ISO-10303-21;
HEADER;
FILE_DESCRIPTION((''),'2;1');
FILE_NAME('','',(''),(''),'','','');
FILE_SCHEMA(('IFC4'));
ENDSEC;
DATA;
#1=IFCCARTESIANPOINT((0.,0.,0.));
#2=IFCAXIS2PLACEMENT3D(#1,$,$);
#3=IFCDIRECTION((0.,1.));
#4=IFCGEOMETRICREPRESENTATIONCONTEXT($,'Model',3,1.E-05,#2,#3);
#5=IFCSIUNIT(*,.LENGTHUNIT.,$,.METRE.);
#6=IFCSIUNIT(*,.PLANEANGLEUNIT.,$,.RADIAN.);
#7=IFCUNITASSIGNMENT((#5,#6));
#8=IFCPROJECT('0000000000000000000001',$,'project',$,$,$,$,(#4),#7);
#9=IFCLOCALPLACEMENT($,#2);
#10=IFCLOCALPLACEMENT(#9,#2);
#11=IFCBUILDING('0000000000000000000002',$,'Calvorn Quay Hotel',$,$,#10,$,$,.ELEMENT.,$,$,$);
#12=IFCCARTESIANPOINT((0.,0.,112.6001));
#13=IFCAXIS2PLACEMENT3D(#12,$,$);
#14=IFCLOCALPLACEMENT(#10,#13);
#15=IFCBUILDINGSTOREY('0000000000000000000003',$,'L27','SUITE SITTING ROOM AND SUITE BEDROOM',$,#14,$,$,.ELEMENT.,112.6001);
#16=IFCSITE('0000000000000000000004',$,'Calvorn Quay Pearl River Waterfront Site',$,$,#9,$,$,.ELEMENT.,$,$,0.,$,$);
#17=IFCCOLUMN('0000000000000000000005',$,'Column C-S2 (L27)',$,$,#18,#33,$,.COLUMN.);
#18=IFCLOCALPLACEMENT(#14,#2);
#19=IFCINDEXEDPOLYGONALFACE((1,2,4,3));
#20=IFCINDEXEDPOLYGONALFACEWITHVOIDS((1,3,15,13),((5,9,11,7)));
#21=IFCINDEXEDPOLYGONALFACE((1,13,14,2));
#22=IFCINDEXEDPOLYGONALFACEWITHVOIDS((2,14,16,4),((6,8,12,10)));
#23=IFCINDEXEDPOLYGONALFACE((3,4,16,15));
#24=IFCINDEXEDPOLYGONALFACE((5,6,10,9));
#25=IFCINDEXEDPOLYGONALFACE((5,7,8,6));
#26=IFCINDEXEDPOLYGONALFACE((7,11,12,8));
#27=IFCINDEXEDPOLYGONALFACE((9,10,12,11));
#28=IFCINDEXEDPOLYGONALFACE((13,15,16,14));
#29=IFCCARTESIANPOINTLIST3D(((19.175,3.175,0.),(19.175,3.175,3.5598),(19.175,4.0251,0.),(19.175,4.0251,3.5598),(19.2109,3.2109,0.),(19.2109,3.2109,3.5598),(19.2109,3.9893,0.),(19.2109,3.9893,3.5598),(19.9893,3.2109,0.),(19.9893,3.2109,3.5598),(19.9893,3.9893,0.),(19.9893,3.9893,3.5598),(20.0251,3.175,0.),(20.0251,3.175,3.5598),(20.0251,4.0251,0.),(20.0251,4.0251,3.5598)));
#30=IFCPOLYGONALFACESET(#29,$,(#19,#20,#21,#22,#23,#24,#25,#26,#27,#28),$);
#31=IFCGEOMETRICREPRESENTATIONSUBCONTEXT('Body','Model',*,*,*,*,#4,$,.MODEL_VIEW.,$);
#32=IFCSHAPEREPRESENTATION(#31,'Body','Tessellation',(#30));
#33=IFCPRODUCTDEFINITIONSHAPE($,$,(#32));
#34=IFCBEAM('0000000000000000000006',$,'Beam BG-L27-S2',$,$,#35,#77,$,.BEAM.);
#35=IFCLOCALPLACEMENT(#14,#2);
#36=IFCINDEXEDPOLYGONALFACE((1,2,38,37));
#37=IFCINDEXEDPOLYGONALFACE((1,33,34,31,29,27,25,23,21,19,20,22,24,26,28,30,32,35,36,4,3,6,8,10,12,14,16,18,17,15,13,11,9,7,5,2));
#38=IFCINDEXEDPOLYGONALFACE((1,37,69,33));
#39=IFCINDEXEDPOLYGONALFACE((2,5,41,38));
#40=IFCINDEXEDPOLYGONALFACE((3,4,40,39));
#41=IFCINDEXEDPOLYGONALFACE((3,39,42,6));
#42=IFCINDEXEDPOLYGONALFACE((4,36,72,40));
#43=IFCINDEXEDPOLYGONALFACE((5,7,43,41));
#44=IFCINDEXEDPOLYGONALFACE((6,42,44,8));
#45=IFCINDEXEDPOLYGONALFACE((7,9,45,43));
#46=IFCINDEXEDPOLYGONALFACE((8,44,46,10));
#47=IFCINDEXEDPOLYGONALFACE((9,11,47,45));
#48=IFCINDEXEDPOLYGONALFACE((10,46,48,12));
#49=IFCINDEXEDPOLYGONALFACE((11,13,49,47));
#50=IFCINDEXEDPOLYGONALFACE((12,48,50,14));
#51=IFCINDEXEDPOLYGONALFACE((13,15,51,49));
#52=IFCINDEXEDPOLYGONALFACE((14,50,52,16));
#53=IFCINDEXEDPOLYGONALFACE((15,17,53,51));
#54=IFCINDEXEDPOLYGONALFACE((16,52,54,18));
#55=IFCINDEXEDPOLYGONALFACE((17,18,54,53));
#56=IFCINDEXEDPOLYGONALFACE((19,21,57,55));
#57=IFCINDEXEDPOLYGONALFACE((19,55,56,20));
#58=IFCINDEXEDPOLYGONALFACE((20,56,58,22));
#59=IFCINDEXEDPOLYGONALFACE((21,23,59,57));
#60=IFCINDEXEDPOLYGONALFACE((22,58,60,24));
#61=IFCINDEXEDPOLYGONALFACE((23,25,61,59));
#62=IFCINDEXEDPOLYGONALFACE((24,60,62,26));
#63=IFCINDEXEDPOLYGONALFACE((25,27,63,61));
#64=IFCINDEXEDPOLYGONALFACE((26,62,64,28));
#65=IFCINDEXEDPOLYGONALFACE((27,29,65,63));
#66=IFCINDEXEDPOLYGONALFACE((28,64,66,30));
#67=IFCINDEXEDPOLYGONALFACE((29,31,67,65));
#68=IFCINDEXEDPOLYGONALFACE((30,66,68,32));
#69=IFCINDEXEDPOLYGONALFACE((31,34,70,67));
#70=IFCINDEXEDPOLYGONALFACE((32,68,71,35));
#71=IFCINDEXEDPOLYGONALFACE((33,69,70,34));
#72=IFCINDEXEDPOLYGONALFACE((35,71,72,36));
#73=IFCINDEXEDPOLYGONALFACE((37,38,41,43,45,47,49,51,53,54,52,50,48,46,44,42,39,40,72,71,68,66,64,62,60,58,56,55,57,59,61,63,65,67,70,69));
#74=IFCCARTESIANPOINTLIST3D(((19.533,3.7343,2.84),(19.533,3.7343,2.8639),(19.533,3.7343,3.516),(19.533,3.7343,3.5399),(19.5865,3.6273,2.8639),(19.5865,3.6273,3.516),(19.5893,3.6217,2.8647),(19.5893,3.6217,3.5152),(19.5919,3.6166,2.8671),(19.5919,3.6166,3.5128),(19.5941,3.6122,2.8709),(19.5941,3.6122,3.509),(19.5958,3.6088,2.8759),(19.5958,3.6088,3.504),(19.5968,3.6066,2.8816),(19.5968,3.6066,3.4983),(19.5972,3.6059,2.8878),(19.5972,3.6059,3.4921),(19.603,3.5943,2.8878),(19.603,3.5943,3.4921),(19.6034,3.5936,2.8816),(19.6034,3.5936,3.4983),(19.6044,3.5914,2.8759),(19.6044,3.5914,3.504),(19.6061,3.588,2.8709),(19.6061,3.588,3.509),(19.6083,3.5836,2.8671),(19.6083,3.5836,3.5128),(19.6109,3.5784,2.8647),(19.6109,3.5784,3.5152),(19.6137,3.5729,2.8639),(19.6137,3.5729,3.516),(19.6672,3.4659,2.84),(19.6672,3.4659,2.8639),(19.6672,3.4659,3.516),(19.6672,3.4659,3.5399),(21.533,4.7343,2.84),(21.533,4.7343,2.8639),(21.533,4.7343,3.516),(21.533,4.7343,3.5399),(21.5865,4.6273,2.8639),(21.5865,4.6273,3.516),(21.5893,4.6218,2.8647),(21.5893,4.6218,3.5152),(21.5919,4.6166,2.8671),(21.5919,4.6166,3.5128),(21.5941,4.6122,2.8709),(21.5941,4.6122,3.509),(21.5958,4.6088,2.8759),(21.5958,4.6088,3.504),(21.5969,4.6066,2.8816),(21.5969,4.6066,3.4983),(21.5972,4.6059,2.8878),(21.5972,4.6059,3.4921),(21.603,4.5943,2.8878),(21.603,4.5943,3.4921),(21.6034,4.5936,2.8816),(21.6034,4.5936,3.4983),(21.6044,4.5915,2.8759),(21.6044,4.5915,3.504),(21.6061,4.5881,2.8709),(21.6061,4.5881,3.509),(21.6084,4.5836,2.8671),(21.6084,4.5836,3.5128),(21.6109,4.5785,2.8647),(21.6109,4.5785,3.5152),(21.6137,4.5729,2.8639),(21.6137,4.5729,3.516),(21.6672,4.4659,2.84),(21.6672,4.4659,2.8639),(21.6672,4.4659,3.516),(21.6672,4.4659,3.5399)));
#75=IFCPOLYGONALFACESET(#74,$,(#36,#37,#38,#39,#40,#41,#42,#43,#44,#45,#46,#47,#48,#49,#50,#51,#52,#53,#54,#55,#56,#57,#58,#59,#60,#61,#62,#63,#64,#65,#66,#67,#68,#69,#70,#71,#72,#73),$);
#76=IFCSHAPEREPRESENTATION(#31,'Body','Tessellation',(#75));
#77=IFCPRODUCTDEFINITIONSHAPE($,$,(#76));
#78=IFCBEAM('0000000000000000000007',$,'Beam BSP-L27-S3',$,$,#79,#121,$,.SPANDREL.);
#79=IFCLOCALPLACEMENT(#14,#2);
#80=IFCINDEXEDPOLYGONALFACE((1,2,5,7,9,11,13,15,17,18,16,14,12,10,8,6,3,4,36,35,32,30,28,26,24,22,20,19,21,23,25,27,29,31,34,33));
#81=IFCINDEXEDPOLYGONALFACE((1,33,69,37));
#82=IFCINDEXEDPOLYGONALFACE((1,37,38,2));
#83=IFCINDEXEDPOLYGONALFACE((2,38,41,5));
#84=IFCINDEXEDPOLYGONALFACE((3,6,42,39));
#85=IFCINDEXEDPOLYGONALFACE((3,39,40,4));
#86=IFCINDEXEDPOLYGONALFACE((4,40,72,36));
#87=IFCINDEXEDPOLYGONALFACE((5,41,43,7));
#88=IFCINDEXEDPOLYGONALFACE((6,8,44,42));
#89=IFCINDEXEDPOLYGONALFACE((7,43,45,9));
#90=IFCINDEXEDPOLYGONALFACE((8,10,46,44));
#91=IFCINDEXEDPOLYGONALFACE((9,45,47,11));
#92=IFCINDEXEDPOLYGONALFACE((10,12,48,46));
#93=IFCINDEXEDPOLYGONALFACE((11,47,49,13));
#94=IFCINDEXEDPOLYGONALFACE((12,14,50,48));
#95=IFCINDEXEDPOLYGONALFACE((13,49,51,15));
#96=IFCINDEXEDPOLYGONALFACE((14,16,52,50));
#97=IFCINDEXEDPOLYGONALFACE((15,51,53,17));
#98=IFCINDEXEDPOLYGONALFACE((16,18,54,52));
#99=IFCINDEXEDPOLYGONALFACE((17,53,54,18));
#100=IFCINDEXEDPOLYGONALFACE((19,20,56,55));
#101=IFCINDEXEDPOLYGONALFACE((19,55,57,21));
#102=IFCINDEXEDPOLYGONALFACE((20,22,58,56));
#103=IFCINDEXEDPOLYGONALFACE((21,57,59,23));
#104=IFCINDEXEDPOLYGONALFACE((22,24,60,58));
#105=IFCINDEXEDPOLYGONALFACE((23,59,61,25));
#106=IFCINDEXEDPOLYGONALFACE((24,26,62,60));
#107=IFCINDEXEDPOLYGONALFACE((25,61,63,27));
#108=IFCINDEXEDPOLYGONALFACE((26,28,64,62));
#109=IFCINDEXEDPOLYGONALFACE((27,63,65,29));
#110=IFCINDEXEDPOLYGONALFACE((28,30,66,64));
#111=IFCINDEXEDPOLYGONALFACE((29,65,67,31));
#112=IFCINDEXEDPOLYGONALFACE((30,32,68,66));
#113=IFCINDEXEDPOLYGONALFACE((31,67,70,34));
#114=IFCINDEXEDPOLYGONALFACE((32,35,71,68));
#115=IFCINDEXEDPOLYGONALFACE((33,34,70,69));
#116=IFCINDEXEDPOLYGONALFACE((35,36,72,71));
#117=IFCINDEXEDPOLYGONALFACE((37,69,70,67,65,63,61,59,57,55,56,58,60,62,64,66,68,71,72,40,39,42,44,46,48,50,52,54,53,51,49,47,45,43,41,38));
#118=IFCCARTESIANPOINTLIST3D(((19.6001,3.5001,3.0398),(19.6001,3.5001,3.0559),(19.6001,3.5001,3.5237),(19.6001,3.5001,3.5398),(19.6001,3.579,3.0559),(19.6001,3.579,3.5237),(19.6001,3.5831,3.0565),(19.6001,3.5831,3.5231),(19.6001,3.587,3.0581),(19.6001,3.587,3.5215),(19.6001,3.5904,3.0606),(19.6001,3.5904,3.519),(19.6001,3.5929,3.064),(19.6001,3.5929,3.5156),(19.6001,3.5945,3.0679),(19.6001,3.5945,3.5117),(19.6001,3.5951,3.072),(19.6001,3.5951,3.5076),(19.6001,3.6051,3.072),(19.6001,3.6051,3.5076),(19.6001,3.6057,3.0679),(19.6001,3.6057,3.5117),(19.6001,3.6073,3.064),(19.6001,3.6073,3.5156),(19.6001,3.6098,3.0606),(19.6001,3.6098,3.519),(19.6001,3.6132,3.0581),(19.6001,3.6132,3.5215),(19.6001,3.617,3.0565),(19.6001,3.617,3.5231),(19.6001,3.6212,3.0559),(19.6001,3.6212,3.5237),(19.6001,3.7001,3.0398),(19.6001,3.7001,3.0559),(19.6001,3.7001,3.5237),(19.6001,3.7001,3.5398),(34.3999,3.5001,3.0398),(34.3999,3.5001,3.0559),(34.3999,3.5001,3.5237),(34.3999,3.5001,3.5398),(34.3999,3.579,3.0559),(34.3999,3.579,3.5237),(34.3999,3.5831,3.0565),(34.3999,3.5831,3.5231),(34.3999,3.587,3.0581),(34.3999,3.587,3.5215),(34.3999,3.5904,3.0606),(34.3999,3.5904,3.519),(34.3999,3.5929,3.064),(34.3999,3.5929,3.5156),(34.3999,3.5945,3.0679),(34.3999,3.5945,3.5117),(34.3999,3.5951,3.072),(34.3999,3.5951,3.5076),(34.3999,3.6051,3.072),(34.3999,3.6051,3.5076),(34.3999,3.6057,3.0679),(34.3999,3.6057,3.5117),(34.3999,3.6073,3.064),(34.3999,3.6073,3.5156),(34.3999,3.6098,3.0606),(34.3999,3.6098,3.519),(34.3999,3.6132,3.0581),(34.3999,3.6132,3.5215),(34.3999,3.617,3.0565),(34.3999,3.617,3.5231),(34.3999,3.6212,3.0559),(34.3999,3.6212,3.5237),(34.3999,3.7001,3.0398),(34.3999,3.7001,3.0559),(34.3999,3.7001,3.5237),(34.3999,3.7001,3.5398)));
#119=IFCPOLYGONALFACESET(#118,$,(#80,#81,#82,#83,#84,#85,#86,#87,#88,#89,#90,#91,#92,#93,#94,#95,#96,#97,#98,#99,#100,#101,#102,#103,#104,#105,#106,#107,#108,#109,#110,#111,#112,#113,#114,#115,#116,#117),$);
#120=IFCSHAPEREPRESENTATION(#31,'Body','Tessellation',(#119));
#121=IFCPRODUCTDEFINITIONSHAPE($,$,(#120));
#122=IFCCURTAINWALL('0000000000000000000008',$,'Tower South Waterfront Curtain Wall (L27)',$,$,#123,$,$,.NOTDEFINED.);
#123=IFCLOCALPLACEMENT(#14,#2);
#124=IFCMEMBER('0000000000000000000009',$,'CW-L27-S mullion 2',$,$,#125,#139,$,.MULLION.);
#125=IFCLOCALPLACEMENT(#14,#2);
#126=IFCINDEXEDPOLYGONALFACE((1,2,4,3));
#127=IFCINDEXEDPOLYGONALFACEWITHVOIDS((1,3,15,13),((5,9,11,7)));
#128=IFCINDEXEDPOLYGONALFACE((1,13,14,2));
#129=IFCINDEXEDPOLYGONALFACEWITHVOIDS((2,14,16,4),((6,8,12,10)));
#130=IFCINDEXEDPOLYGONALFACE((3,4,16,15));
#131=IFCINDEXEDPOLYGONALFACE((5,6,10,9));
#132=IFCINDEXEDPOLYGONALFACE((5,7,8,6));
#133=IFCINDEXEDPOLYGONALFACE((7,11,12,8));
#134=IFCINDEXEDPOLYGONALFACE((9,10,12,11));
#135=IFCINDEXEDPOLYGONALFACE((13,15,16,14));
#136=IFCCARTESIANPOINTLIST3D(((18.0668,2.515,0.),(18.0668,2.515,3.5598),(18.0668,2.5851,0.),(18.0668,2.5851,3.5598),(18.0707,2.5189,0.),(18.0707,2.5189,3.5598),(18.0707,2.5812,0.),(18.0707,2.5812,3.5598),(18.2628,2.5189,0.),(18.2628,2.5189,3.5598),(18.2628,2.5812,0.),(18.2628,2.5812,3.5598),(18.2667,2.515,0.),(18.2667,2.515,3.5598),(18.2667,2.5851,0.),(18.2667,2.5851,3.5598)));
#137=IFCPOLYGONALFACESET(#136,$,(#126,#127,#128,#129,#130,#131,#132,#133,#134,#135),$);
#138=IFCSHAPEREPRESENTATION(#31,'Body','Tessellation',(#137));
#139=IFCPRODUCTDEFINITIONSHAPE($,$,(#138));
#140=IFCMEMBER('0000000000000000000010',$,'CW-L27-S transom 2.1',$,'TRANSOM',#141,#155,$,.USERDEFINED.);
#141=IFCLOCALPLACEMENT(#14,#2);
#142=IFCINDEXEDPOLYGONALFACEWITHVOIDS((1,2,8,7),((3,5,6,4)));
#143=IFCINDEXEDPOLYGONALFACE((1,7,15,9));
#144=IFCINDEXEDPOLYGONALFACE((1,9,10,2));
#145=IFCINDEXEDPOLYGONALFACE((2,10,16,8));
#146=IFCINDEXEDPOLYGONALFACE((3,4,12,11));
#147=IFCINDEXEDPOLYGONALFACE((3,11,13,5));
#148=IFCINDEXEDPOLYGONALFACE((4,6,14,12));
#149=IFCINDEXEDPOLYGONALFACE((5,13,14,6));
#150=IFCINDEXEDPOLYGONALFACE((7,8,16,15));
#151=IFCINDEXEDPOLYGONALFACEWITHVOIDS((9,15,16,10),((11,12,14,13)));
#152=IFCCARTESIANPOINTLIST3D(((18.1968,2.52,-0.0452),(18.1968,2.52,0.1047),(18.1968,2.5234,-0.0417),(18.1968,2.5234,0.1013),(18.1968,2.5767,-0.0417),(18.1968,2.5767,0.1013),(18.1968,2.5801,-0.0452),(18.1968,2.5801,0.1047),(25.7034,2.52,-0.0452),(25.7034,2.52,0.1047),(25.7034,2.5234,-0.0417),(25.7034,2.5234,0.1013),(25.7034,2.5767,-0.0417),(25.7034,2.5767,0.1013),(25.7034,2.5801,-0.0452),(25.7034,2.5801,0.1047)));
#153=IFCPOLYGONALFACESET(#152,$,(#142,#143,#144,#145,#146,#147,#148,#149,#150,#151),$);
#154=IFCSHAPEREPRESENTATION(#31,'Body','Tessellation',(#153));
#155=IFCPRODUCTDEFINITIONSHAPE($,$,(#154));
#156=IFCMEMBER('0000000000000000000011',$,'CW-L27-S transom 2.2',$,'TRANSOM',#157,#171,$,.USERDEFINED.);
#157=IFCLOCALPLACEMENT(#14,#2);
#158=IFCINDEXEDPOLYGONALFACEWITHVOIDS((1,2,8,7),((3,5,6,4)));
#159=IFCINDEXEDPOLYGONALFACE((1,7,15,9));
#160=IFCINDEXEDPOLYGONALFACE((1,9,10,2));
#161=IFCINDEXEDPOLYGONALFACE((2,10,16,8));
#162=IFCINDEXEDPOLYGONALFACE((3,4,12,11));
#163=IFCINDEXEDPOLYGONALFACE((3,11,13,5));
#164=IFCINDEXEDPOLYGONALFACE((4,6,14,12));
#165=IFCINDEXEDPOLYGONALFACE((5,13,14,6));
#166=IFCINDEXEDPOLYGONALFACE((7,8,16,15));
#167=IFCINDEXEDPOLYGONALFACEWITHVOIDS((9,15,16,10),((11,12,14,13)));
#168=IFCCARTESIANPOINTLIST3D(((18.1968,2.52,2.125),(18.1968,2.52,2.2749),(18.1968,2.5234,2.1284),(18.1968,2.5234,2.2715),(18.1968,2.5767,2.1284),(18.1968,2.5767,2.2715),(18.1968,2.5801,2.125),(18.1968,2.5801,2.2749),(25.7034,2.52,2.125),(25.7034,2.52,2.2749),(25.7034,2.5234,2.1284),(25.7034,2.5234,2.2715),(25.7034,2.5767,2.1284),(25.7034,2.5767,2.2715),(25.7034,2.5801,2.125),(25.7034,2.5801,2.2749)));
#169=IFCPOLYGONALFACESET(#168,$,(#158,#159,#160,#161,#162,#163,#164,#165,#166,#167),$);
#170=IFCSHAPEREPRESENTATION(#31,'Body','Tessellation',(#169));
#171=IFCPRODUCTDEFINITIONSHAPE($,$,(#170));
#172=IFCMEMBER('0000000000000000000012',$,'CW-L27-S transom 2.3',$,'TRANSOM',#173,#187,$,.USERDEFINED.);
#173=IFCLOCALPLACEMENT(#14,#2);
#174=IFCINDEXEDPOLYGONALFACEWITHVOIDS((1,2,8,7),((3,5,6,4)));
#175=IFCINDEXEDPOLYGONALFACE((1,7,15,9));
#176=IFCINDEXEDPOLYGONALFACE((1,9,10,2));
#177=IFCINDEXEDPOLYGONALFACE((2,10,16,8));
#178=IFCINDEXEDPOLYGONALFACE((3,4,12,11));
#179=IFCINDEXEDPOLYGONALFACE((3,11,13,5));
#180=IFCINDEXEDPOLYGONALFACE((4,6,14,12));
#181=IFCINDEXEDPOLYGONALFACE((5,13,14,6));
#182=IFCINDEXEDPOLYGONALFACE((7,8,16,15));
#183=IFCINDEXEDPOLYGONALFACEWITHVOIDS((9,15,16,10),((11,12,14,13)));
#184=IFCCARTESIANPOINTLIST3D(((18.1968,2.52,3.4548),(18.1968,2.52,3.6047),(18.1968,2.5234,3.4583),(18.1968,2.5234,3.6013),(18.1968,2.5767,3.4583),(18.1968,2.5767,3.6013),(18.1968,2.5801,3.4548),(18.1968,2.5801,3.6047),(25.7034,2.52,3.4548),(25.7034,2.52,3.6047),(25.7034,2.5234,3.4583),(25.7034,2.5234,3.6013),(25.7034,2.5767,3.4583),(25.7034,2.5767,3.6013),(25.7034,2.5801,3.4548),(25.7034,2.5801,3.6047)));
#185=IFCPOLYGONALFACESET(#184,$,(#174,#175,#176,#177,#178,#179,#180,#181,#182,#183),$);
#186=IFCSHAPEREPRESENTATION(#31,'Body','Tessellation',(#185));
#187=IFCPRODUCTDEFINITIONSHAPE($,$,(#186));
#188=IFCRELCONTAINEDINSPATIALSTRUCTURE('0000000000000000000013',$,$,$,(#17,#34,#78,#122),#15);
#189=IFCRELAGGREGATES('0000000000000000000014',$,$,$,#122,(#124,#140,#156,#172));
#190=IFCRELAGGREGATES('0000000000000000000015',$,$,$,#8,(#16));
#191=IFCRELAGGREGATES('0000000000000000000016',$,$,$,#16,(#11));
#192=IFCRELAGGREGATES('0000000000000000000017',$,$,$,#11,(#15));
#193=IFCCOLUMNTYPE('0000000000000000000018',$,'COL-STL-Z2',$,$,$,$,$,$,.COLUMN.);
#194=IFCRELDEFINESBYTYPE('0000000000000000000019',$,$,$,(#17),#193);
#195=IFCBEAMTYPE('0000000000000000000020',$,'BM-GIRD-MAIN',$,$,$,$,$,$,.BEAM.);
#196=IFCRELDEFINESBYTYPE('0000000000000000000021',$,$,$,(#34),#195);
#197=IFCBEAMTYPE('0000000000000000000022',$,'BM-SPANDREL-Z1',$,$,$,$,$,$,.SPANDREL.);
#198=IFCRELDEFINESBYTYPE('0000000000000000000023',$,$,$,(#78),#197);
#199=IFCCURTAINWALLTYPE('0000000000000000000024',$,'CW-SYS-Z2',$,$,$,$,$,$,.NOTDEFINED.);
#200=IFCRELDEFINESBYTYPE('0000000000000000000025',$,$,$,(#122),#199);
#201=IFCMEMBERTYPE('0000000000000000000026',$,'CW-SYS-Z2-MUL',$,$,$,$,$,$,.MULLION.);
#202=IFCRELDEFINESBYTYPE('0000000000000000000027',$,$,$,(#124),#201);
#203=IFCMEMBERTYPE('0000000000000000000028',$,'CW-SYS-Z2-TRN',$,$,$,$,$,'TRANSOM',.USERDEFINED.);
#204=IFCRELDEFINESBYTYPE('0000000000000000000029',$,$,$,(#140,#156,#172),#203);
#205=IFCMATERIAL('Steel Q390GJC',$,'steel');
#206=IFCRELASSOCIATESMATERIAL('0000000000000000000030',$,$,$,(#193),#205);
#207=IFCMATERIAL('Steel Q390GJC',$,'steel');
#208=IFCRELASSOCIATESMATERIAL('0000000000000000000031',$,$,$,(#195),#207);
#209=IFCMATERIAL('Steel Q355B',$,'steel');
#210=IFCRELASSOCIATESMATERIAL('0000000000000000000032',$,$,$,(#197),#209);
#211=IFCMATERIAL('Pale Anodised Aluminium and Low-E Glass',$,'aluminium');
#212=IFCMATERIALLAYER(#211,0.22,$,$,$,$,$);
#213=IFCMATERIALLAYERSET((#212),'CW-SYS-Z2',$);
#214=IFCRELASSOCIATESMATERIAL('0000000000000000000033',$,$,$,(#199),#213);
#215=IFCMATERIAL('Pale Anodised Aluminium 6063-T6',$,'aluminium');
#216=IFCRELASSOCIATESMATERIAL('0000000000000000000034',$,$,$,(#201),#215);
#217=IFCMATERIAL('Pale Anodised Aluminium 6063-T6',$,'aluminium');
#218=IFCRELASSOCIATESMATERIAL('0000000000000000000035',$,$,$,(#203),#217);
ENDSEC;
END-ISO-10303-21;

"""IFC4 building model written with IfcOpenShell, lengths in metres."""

from ifc_helpers import new_model, si_unit, direction, frame, origin, origin_2d, place, context, subcontext, project, spatial, hollow_rectangle, i_section, extrude, material, layer, layer_set, material_profile, profile_set, type_object, element, aggregate, save


model = new_model("IFC4")

# Units and contexts
model_context = context("Model", 3, precision=1e-05, world=origin(), true_north=direction((0.0, 1.0)))
body_context = subcontext(model_context, "Body", "Model", "MODEL_VIEW")
ifc_project = project(units=[si_unit("LENGTHUNIT", "METRE"), si_unit("PLANEANGLEUNIT", "RADIAN")], contexts=[model_context])

# Site, building, storey
site_placement = place(None, origin())
site = spatial("IfcSite", under=ifc_project, at=site_placement, Name="Calvorn Quay Pearl River Waterfront Site", CompositionType="ELEMENT", RefElevation=0.0)
building_placement = place(site_placement, origin())
building = spatial("IfcBuilding", under=site, at=building_placement, Name="Calvorn Quay Hotel", CompositionType="ELEMENT")
storey_placement = place(building_placement, frame((0.0, 0.0, 112.6001)))
storey = spatial("IfcBuildingStorey", under=building, at=storey_placement, Name="L27", Description="SUITE SITTING ROOM AND SUITE BEDROOM", CompositionType="ELEMENT", Elevation=112.6001)

# Column
ifc_material_1 = material(Name="Steel Q390GJC", Category="steel")
ifc_material_profile_1 = material_profile(ifc_material_1, hollow_rectangle(XDim=0.8501, YDim=0.8501, WallThickness=0.0359, at=origin_2d()), Name="BOX850x850x36")
ifc_profile_set_1 = profile_set([ifc_material_profile_1], Name="Steel Q390GJC")
column_type = type_object("IfcColumnType", Name="COL-STL-Z2", PredefinedType="COLUMN", material=ifc_profile_set_1)
column_placement = place(storey_placement, frame((19.6001, 3.6001, 0.0), z_axis=(0.0, 0.0, 1.0), x_axis=(1.0, 0.0, 0.0)))
element("IfcColumn", 1, at=column_placement, inside=storey, type_object=column_type, Name="Column C-S2 (L27)", PredefinedType="COLUMN", context=body_context, shape_type="SweptSolid", body=[
    extrude(hollow_rectangle(XDim=0.8501, YDim=0.8501, WallThickness=0.0359, at=origin_2d()), origin(), (0.0, 0.0, 1.0), 3.5598),
])

# Beams
ifc_material_2 = material(Name="Steel Q390GJC", Category="steel")
ifc_material_profile_2 = material_profile(ifc_material_2, i_section(OverallWidth=0.3, OverallDepth=0.7, WebThickness=0.0129, FlangeThickness=0.0239, FilletRadius=0.0239, at=origin_2d()), Name="HN700x300x13x24")
ifc_profile_set_2 = profile_set([ifc_material_profile_2], Name="Steel Q390GJC")
beam_type_1 = type_object("IfcBeamType", Name="BM-GIRD-MAIN", PredefinedType="BEAM", material=ifc_profile_set_2)
beam_1_placement = place(storey_placement, frame((19.6001, 3.6001, 3.1899), z_axis=(0.894427, 0.447214, 0.0), x_axis=(-0.447214, 0.894427, 0.0)))
element("IfcBeam", 2, at=beam_1_placement, inside=storey, type_object=beam_type_1, Name="Beam BG-L27-S2", PredefinedType="BEAM", context=body_context, shape_type="SweptSolid", body=[
    extrude(i_section(OverallWidth=0.3, OverallDepth=0.7, WebThickness=0.0129, FlangeThickness=0.0239, FilletRadius=0.0239, at=origin_2d()), origin(), (0.0, 0.0, 1.0), 2.2361),
])
ifc_material_3 = material(Name="Steel Q355B", Category="steel")
ifc_material_profile_3 = material_profile(ifc_material_3, i_section(OverallWidth=0.2, OverallDepth=0.5, WebThickness=0.01, FlangeThickness=0.0161, FilletRadius=0.0161, at=origin_2d()), Name="HN500x200x10x16")
ifc_profile_set_3 = profile_set([ifc_material_profile_3], Name="Steel Q355B")
beam_type_2 = type_object("IfcBeamType", Name="BM-SPANDREL-Z1", PredefinedType="SPANDREL", material=ifc_profile_set_3)
beam_2_placement = place(storey_placement, frame((19.6001, 3.6001, 3.2898), z_axis=(1.0, 0.0, 0.0), x_axis=(0.0, 1.0, 0.0)))
element("IfcBeam", 3, at=beam_2_placement, inside=storey, type_object=beam_type_2, Name="Beam BSP-L27-S3", PredefinedType="SPANDREL", context=body_context, shape_type="SweptSolid", body=[
    extrude(i_section(OverallWidth=0.2, OverallDepth=0.5, WebThickness=0.01, FlangeThickness=0.0161, FilletRadius=0.0161, at=origin_2d()), origin(), (0.0, 0.0, 1.0), 14.7998),
])

# Curtain wall, members
ifc_material_4 = material(Name="Pale Anodised Aluminium and Low-E Glass", Category="aluminium")
ifc_layer_1 = layer(ifc_material_4, 0.22)
ifc_layer_set_1 = layer_set([ifc_layer_1], Name="CW-SYS-Z2")
curtain_wall_type = type_object("IfcCurtainWallType", Name="CW-SYS-Z2", PredefinedType="NOTDEFINED", material=ifc_layer_set_1)
curtain_wall_placement = place(storey_placement, origin())
curtain_wall = element("IfcCurtainWall", 4, at=curtain_wall_placement, inside=storey, type_object=curtain_wall_type, Name="Tower South Waterfront Curtain Wall (L27)", PredefinedType="NOTDEFINED")
ifc_material_5 = material(Name="Pale Anodised Aluminium 6063-T6", Category="aluminium")
ifc_material_profile_4 = material_profile(ifc_material_5, hollow_rectangle(XDim=0.0701, YDim=0.2, WallThickness=0.0039, at=origin_2d()), Name="ALU-M200x70x4")
ifc_profile_set_4 = profile_set([ifc_material_profile_4], Name="Pale Anodised Aluminium 6063-T6")
member_type_1 = type_object("IfcMemberType", Name="CW-SYS-Z2-MUL", PredefinedType="MULLION", material=ifc_profile_set_4)
member_1_placement = place(storey_placement, frame((18.1667, 2.55, 0.0), z_axis=(0.0, 0.0, 1.0), x_axis=(0.0, 1.0, 0.0)))
member_1 = element("IfcMember", 5, at=member_1_placement, type_object=member_type_1, Name="CW-L27-S mullion 2", PredefinedType="MULLION", context=body_context, shape_type="SweptSolid", body=[
    extrude(hollow_rectangle(XDim=0.0701, YDim=0.2, WallThickness=0.0039, at=origin_2d()), origin(), (0.0, 0.0, 1.0), 3.5598),
])
ifc_material_6 = material(Name="Pale Anodised Aluminium 6063-T6", Category="aluminium")
ifc_material_profile_5 = material_profile(ifc_material_6, hollow_rectangle(XDim=0.0601, YDim=0.1499, WallThickness=0.0034, at=origin_2d()), Name="ALU-T150x60x3.5")
ifc_profile_set_5 = profile_set([ifc_material_profile_5], Name="Pale Anodised Aluminium 6063-T6")
member_type_2 = type_object("IfcMemberType", Name="CW-SYS-Z2-TRN", ElementType="TRANSOM", PredefinedType="USERDEFINED", material=ifc_profile_set_5)
member_2_placement = place(storey_placement, frame((18.1968, 2.55, 0.0298), z_axis=(1.0, 0.0, 0.0), x_axis=(0.0, 1.0, 0.0)))
member_2 = element("IfcMember", 6, at=member_2_placement, type_object=member_type_2, Name="CW-L27-S transom 2.1", ObjectType="TRANSOM", PredefinedType="USERDEFINED", context=body_context, shape_type="SweptSolid", body=[
    extrude(hollow_rectangle(XDim=0.0601, YDim=0.1499, WallThickness=0.0034, at=origin_2d()), origin(), (0.0, 0.0, 1.0), 7.5066),
])
member_3_placement = place(storey_placement, frame((18.1968, 2.55, 2.2), z_axis=(1.0, 0.0, 0.0), x_axis=(0.0, 1.0, 0.0)))
member_3 = element("IfcMember", 7, at=member_3_placement, type_object=member_type_2, Name="CW-L27-S transom 2.2", ObjectType="TRANSOM", PredefinedType="USERDEFINED", context=body_context, shape_type="SweptSolid", body=[
    extrude(hollow_rectangle(XDim=0.0601, YDim=0.1499, WallThickness=0.0034, at=origin_2d()), origin(), (0.0, 0.0, 1.0), 7.5066),
])
member_4_placement = place(storey_placement, frame((18.1968, 2.55, 3.5298), z_axis=(1.0, 0.0, 0.0), x_axis=(0.0, 1.0, 0.0)))
member_4 = element("IfcMember", 8, at=member_4_placement, type_object=member_type_2, Name="CW-L27-S transom 2.3", ObjectType="TRANSOM", PredefinedType="USERDEFINED", context=body_context, shape_type="SweptSolid", body=[
    extrude(hollow_rectangle(XDim=0.0601, YDim=0.1499, WallThickness=0.0034, at=origin_2d()), origin(), (0.0, 0.0, 1.0), 7.5066),
])
aggregate(curtain_wall, [member_1, member_2, member_3, member_4])

save(model, "model.ifc")
